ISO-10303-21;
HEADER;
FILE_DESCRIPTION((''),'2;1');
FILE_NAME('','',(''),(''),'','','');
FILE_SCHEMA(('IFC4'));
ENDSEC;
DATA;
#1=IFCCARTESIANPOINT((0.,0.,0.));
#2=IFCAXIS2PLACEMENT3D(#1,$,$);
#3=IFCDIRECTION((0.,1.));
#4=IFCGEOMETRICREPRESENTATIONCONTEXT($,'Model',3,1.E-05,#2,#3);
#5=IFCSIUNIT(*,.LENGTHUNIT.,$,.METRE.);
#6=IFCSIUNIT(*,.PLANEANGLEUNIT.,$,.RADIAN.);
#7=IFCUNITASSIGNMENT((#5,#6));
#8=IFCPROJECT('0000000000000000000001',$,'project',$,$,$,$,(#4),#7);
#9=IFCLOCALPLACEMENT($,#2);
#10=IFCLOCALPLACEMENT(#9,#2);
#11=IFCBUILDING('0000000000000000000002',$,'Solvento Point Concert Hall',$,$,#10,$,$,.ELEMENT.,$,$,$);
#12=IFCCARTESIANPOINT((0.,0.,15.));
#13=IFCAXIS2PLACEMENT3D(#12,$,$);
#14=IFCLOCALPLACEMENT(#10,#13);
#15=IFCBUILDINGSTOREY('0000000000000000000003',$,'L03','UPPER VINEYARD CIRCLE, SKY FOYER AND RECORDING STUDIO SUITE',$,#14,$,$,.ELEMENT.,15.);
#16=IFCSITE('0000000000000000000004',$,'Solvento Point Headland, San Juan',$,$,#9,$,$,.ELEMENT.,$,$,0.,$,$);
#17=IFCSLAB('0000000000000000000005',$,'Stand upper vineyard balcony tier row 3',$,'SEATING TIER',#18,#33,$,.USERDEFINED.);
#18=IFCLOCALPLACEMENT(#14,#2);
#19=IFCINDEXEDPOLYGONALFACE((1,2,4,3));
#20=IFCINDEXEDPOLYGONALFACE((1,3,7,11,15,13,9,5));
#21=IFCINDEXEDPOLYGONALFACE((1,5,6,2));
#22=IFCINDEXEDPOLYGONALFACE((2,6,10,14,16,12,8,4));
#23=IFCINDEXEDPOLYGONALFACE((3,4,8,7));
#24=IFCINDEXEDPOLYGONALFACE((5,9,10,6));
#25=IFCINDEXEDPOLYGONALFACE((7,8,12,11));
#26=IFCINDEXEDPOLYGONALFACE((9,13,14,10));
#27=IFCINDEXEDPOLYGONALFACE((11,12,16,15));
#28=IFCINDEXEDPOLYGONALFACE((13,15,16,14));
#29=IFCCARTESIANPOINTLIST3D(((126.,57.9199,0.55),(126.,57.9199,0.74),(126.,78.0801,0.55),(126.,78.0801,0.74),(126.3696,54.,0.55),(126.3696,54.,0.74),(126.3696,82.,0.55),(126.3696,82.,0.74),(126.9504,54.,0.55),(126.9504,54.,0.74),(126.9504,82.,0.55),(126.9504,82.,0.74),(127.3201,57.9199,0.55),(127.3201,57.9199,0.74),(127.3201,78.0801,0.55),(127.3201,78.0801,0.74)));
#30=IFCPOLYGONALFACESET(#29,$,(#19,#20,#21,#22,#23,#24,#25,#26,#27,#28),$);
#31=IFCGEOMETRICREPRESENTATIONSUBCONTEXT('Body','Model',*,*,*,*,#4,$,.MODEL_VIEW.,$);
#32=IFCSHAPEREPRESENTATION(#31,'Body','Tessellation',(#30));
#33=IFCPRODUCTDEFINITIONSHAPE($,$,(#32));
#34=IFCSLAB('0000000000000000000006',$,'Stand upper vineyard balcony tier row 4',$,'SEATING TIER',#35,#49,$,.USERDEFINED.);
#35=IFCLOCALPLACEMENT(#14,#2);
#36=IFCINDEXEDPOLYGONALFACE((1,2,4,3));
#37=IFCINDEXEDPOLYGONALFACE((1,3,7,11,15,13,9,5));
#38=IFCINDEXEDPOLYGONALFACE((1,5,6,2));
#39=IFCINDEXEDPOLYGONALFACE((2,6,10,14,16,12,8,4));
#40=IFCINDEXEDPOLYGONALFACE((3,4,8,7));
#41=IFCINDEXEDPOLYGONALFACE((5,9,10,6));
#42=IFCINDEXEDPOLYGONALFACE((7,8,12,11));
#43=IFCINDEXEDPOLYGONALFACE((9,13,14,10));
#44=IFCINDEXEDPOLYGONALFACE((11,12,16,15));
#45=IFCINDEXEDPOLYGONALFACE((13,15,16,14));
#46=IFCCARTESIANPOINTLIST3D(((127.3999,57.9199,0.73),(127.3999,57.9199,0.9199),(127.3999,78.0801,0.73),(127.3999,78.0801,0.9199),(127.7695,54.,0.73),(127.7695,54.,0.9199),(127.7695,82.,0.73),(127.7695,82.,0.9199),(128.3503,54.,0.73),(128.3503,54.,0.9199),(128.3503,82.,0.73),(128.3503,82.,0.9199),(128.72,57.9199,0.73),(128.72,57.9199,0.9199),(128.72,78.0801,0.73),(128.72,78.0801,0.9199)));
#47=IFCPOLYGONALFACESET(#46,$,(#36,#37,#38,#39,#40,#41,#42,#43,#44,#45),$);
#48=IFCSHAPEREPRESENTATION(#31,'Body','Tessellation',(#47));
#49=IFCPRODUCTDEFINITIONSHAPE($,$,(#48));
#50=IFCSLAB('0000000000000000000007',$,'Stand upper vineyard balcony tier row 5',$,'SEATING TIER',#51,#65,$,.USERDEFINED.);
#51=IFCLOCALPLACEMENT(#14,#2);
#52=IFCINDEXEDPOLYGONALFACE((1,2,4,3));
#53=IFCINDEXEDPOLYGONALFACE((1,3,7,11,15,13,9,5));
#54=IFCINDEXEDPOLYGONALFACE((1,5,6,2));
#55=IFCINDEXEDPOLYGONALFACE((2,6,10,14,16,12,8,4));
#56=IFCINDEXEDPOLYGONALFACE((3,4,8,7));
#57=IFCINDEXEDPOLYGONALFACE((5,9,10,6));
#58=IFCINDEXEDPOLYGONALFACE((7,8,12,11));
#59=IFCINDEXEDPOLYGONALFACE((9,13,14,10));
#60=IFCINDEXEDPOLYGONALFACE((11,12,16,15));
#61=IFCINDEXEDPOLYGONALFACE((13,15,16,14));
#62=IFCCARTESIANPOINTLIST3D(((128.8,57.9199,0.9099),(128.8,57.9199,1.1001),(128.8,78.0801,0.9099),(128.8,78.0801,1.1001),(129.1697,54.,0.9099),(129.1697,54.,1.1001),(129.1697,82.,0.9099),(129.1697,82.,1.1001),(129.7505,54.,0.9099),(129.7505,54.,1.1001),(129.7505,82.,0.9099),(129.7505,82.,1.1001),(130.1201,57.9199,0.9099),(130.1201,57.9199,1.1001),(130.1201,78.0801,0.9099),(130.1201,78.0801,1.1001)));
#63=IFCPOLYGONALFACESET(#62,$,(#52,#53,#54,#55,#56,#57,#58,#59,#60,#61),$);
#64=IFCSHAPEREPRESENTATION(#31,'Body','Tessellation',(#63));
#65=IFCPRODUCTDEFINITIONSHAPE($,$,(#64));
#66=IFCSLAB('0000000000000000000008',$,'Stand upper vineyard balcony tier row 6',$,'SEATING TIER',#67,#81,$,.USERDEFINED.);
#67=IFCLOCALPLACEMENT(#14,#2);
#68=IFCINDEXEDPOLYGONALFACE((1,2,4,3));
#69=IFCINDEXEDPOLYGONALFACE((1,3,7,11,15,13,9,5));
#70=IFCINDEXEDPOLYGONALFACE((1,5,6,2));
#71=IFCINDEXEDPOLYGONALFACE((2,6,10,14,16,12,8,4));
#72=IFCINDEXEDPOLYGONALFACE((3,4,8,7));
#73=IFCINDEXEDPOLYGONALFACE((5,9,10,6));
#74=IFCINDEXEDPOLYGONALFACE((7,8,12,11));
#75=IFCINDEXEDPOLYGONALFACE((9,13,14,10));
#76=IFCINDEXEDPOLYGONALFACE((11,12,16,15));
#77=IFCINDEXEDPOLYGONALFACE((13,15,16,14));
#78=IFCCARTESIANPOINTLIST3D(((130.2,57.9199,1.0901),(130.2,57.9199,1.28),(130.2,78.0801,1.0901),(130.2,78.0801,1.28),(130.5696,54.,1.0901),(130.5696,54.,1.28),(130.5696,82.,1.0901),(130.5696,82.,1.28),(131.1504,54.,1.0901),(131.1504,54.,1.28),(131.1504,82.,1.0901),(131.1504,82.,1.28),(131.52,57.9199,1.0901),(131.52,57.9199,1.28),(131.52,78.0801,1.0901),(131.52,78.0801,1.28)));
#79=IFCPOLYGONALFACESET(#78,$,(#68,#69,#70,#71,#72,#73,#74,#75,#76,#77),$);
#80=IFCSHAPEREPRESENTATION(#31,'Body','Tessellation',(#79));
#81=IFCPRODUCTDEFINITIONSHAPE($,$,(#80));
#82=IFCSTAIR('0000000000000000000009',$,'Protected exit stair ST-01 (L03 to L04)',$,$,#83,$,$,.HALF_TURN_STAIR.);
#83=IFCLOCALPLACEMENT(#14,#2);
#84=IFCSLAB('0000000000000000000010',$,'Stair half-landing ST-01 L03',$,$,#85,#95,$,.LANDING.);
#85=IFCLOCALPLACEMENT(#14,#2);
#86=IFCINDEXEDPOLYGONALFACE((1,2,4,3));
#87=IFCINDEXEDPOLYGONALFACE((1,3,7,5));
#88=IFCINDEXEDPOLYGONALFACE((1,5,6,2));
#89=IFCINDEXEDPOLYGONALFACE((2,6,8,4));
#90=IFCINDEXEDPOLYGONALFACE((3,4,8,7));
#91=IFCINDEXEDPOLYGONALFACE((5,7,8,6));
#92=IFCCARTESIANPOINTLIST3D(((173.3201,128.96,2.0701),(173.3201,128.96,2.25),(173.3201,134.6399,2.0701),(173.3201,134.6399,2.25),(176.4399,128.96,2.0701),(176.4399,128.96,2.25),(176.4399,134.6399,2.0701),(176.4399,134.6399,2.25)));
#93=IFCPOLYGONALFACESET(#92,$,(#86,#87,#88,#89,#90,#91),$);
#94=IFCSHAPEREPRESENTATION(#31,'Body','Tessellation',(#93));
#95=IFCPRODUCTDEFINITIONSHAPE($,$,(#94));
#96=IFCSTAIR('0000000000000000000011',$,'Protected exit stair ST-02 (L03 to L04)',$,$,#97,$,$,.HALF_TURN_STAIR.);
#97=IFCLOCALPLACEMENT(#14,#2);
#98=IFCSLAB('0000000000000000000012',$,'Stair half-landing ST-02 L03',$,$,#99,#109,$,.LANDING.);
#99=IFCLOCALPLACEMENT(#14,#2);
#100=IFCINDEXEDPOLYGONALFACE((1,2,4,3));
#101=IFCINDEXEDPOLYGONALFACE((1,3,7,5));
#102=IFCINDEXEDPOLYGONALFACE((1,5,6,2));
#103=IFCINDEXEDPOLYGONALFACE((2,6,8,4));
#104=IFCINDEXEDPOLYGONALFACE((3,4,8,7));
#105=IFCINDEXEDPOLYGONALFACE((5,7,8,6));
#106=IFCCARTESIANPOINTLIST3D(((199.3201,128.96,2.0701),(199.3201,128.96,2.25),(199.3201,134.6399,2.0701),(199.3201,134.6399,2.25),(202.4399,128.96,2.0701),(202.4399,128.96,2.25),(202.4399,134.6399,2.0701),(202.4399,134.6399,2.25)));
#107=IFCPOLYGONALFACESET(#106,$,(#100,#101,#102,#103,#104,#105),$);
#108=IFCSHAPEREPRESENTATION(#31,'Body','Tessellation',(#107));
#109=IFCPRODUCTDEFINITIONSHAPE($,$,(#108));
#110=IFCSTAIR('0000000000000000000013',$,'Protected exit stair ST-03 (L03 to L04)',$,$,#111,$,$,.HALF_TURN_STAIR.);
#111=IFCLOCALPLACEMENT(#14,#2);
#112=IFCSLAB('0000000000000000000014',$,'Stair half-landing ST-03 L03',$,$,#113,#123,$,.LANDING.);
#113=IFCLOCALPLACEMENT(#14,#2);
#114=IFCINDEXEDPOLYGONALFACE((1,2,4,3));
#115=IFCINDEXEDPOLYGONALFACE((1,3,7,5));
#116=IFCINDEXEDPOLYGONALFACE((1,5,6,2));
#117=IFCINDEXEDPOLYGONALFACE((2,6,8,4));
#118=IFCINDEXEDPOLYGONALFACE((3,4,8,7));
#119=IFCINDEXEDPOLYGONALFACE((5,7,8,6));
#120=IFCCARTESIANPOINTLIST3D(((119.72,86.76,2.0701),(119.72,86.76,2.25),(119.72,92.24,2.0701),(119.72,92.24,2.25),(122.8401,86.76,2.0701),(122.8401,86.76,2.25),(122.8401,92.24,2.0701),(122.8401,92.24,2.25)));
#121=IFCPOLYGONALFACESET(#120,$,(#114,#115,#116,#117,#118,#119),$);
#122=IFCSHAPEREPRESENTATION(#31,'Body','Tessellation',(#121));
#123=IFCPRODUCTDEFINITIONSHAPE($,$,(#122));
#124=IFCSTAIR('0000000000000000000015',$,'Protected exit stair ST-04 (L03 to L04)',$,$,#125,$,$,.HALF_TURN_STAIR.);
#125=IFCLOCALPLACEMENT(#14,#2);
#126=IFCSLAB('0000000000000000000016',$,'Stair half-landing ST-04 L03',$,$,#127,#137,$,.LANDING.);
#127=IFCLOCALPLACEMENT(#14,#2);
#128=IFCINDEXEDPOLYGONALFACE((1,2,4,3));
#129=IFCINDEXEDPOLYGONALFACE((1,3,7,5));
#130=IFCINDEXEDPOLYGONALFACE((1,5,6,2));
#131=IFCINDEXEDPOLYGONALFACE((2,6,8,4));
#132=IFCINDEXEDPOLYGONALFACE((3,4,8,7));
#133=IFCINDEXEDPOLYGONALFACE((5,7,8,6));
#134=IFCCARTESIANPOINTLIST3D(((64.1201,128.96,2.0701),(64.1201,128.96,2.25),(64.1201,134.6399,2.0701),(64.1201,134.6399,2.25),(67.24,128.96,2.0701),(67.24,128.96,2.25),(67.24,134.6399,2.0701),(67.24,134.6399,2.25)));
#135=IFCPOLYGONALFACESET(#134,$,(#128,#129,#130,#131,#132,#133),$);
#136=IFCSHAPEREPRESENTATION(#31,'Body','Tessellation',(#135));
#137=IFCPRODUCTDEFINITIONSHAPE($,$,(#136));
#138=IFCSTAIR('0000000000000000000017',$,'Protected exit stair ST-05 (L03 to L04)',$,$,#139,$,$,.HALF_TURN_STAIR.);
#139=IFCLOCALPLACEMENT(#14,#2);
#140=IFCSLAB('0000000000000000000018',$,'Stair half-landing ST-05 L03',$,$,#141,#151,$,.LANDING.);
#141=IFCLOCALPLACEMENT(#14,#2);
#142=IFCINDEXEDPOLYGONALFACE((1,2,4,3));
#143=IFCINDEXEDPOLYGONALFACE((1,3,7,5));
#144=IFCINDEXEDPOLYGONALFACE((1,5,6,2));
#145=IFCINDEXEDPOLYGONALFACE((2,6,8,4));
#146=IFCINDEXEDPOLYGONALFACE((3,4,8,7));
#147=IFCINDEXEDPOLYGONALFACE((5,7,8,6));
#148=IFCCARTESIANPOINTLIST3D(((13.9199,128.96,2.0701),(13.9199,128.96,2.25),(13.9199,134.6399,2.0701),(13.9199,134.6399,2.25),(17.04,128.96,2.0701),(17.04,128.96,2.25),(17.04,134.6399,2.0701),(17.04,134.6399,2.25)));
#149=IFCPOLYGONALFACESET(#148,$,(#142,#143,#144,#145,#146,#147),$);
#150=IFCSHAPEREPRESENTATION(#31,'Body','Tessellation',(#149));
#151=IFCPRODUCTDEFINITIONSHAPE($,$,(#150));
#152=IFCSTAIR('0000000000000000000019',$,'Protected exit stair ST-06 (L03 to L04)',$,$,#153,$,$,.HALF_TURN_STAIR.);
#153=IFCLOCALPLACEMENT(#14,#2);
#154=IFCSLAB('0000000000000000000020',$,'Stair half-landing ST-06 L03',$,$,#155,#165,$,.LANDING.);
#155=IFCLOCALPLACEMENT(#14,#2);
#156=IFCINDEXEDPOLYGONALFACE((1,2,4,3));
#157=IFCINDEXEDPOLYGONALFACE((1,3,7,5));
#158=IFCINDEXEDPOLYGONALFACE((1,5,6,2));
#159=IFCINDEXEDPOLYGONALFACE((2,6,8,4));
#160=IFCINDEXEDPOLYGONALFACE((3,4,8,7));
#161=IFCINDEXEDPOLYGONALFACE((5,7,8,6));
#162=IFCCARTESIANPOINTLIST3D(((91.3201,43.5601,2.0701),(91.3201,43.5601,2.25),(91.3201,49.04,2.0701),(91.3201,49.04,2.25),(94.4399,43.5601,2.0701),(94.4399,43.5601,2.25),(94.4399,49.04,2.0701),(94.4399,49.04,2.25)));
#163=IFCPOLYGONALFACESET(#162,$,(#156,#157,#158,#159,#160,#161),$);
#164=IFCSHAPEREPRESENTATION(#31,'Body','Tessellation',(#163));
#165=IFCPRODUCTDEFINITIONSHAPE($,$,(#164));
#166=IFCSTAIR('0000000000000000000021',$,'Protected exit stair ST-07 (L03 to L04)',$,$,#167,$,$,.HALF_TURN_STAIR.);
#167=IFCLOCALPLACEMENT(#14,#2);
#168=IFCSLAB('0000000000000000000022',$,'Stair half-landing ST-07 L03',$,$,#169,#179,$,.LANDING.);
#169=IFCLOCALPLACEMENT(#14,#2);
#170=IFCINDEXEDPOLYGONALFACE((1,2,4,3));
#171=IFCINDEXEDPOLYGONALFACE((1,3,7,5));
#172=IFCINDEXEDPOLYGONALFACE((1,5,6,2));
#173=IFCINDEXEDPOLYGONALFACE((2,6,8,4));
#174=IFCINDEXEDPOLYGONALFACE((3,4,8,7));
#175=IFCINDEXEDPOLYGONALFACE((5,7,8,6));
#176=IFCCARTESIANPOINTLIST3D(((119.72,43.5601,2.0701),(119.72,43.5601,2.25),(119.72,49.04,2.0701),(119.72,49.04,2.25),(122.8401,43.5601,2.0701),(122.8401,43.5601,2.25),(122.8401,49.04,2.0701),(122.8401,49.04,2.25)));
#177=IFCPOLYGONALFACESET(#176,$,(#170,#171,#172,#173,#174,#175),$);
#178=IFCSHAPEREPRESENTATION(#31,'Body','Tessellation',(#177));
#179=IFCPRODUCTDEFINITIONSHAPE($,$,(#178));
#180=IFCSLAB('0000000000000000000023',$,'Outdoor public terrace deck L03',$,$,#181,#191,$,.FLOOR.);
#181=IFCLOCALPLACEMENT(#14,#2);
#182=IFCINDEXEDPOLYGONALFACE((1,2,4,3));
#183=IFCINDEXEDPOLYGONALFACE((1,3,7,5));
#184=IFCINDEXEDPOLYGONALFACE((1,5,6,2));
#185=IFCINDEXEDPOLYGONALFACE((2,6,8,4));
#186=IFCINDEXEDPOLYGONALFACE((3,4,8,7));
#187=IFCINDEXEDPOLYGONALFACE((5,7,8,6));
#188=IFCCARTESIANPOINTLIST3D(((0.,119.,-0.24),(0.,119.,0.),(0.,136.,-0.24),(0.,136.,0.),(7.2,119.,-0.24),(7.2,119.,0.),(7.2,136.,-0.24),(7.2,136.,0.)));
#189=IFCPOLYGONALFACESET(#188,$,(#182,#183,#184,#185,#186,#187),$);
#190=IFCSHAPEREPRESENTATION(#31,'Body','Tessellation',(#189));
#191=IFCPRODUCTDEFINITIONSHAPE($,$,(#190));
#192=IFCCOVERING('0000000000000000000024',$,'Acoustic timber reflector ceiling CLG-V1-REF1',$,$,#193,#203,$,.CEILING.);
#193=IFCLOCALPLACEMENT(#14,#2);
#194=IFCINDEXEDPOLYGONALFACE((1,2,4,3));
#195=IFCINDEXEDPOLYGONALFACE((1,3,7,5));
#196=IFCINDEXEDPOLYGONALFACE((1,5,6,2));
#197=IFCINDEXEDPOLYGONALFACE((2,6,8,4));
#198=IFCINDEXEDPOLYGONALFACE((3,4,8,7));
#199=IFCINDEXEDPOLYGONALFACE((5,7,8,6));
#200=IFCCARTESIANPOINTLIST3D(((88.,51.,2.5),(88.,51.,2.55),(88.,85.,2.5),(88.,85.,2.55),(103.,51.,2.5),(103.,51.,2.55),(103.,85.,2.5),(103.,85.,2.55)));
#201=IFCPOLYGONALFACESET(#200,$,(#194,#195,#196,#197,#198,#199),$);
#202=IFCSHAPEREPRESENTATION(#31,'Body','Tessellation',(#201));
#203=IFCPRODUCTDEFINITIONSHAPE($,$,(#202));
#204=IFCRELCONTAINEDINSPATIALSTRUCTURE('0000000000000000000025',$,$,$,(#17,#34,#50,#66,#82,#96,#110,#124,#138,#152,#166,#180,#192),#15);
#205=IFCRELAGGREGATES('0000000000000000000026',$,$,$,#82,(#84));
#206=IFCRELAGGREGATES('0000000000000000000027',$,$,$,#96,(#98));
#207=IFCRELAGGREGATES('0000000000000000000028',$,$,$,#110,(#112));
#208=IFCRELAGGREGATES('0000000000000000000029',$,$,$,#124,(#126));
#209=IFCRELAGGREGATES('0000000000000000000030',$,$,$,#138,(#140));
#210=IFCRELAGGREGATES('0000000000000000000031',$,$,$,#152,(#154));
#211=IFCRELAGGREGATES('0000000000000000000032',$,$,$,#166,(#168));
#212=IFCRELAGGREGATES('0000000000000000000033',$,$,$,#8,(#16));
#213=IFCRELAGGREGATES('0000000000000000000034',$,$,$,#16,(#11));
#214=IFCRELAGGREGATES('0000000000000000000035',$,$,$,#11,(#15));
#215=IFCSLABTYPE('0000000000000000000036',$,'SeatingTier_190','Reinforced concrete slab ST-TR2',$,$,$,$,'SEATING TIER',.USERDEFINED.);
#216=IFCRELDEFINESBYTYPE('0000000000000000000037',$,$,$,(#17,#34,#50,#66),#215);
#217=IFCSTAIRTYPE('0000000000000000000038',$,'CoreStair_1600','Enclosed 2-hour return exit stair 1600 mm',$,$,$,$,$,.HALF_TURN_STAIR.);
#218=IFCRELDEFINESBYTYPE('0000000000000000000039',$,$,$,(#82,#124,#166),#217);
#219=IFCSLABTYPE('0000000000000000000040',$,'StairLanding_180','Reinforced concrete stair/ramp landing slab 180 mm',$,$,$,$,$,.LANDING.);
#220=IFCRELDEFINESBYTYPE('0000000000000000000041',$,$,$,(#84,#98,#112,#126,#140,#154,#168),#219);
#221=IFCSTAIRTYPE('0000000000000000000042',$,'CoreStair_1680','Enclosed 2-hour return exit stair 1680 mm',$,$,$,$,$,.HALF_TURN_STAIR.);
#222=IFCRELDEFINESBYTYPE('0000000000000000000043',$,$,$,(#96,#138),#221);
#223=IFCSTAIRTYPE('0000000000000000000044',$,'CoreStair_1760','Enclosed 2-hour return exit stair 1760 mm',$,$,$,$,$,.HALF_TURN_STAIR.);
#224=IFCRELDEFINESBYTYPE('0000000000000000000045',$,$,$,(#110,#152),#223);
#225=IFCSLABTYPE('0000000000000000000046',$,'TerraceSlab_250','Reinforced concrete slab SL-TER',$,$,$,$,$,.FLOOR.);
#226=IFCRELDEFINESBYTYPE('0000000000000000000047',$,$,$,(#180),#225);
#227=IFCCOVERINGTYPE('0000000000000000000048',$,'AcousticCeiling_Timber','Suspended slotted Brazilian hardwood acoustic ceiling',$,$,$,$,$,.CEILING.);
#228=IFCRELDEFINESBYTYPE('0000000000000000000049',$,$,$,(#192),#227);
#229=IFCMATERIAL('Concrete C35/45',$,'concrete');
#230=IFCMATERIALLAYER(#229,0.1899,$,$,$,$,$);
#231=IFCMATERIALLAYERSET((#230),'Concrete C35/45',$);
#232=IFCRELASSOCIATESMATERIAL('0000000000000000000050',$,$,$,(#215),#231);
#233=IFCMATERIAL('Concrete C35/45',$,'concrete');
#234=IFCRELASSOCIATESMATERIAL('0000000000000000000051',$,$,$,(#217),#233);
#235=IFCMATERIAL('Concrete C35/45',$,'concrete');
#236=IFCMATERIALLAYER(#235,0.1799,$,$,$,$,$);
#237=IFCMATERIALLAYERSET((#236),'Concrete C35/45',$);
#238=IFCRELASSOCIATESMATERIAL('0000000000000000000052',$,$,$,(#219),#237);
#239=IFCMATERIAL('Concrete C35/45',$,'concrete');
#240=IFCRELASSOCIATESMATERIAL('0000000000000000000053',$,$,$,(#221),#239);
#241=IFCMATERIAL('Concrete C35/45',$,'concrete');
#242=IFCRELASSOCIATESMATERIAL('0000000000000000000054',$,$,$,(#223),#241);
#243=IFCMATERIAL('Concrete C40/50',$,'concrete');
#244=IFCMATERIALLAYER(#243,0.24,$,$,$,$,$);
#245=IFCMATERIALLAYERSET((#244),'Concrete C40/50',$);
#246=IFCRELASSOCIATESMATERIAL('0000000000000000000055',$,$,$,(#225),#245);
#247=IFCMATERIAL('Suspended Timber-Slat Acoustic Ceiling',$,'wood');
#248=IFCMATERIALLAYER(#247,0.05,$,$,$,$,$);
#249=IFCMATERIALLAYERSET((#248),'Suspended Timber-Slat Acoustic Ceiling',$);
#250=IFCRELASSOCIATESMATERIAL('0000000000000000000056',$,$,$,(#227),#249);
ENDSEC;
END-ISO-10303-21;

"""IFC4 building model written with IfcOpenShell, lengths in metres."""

from ifc_helpers import new_model, si_unit, direction, frame, origin, place, context, subcontext, project, spatial, polyline, outline, extrude, material, layer, layer_set, type_object, element, aggregate, save


model = new_model("IFC4")

# Units and contexts
model_context = context("Model", 3, precision=1e-05, world=origin(), true_north=direction((0.0, 1.0)))
body_context = subcontext(model_context, "Body", "Model", "MODEL_VIEW")
ifc_project = project(units=[si_unit("LENGTHUNIT", "METRE"), si_unit("PLANEANGLEUNIT", "RADIAN")], contexts=[model_context])

# Site, building, storey
site_placement = place(None, origin())
site = spatial("IfcSite", under=ifc_project, at=site_placement, Name="Solvento Point Headland, San Juan", CompositionType="ELEMENT", RefElevation=0.0)
building_placement = place(site_placement, origin())
building = spatial("IfcBuilding", under=site, at=building_placement, Name="Solvento Point Concert Hall", CompositionType="ELEMENT")
storey_placement = place(building_placement, frame((0.0, 0.0, 15.0)))
storey = spatial("IfcBuildingStorey", under=building, at=storey_placement, Name="L03", Description="UPPER VINEYARD CIRCLE, SKY FOYER AND RECORDING STUDIO SUITE", CompositionType="ELEMENT", Elevation=15.0)

# Slabs
ifc_material_1 = material(Name="Concrete C35/45", Category="concrete")
ifc_layer_1 = layer(ifc_material_1, 0.1899)
ifc_layer_set_1 = layer_set([ifc_layer_1], Name="Concrete C35/45")
slab_type_1 = type_object("IfcSlabType", Name="SeatingTier_190", Description="Reinforced concrete slab ST-TR2", ElementType="SEATING TIER", PredefinedType="USERDEFINED", material=ifc_layer_set_1)
slab_1_placement = place(storey_placement, frame((0.0, 0.0, 0.55)))
element("IfcSlab", 1, at=slab_1_placement, inside=storey, type_object=slab_type_1, Name="Stand upper vineyard balcony tier row 3", ObjectType="SEATING TIER", PredefinedType="USERDEFINED", context=body_context, shape_type="SweptSolid", body=[
    extrude(outline(polyline([(126.3696, 54.0), (126.9504, 54.0), (127.3201, 57.9199), (127.3201, 78.0801), (126.9504, 82.0), (126.3696, 82.0), (126.0, 78.0801), (126.0, 57.9199), (126.3696, 54.0)])), origin(), (0.0, 0.0, 1.0), 0.1899),
])
slab_2_placement = place(storey_placement, frame((0.0, 0.0, 0.73)))
element("IfcSlab", 2, at=slab_2_placement, inside=storey, type_object=slab_type_1, Name="Stand upper vineyard balcony tier row 4", ObjectType="SEATING TIER", PredefinedType="USERDEFINED", context=body_context, shape_type="SweptSolid", body=[
    extrude(outline(polyline([(127.7695, 54.0), (128.3503, 54.0), (128.72, 57.9199), (128.72, 78.0801), (128.3503, 82.0), (127.7695, 82.0), (127.3999, 78.0801), (127.3999, 57.9199), (127.7695, 54.0)])), origin(), (0.0, 0.0, 1.0), 0.1899),
])
slab_3_placement = place(storey_placement, frame((0.0, 0.0, 0.9099)))
element("IfcSlab", 3, at=slab_3_placement, inside=storey, type_object=slab_type_1, Name="Stand upper vineyard balcony tier row 5", ObjectType="SEATING TIER", PredefinedType="USERDEFINED", context=body_context, shape_type="SweptSolid", body=[
    extrude(outline(polyline([(129.1697, 54.0), (129.7505, 54.0), (130.1201, 57.9199), (130.1201, 78.0801), (129.7505, 82.0), (129.1697, 82.0), (128.8, 78.0801), (128.8, 57.9199), (129.1697, 54.0)])), origin(), (0.0, 0.0, 1.0), 0.1902),
])
slab_4_placement = place(storey_placement, frame((0.0, 0.0, 1.0901)))
element("IfcSlab", 4, at=slab_4_placement, inside=storey, type_object=slab_type_1, Name="Stand upper vineyard balcony tier row 6", ObjectType="SEATING TIER", PredefinedType="USERDEFINED", context=body_context, shape_type="SweptSolid", body=[
    extrude(outline(polyline([(130.5696, 54.0), (131.1504, 54.0), (131.52, 57.9199), (131.52, 78.0801), (131.1504, 82.0), (130.5696, 82.0), (130.2, 78.0801), (130.2, 57.9199), (130.5696, 54.0)])), origin(), (0.0, 0.0, 1.0), 0.1899),
])

# Stairs, slabs
ifc_material_2 = material(Name="Concrete C35/45", Category="concrete")
stair_type_1 = type_object("IfcStairType", Name="CoreStair_1600", Description="Enclosed 2-hour return exit stair 1600 mm", PredefinedType="HALF_TURN_STAIR", material=ifc_material_2)
stair_1_placement = place(storey_placement, origin())
stair_1 = element("IfcStair", 5, at=stair_1_placement, inside=storey, type_object=stair_type_1, Name="Protected exit stair ST-01 (L03 to L04)", PredefinedType="HALF_TURN_STAIR")
ifc_material_3 = material(Name="Concrete C35/45", Category="concrete")
ifc_layer_2 = layer(ifc_material_3, 0.1799)
ifc_layer_set_2 = layer_set([ifc_layer_2], Name="Concrete C35/45")
slab_type_2 = type_object("IfcSlabType", Name="StairLanding_180", Description="Reinforced concrete stair/ramp landing slab 180 mm", PredefinedType="LANDING", material=ifc_layer_set_2)
slab_5_placement = place(storey_placement, frame((0.0, 0.0, 2.0701)))
slab_5 = element("IfcSlab", 6, at=slab_5_placement, type_object=slab_type_2, Name="Stair half-landing ST-01 L03", PredefinedType="LANDING", context=body_context, shape_type="SweptSolid", body=[
    extrude(outline(polyline([(173.3201, 128.96), (176.4399, 128.96), (176.4399, 134.6399), (173.3201, 134.6399), (173.3201, 128.96)])), origin(), (0.0, 0.0, 1.0), 0.1799),
])
aggregate(stair_1, [slab_5])
ifc_material_4 = material(Name="Concrete C35/45", Category="concrete")
stair_type_2 = type_object("IfcStairType", Name="CoreStair_1680", Description="Enclosed 2-hour return exit stair 1680 mm", PredefinedType="HALF_TURN_STAIR", material=ifc_material_4)
stair_2_placement = place(storey_placement, origin())
stair_2 = element("IfcStair", 7, at=stair_2_placement, inside=storey, type_object=stair_type_2, Name="Protected exit stair ST-02 (L03 to L04)", PredefinedType="HALF_TURN_STAIR")
slab_6_placement = place(storey_placement, frame((0.0, 0.0, 2.0701)))
slab_6 = element("IfcSlab", 8, at=slab_6_placement, type_object=slab_type_2, Name="Stair half-landing ST-02 L03", PredefinedType="LANDING", context=body_context, shape_type="SweptSolid", body=[
    extrude(outline(polyline([(199.3201, 128.96), (202.4399, 128.96), (202.4399, 134.6399), (199.3201, 134.6399), (199.3201, 128.96)])), origin(), (0.0, 0.0, 1.0), 0.1799),
])
aggregate(stair_2, [slab_6])
ifc_material_5 = material(Name="Concrete C35/45", Category="concrete")
stair_type_3 = type_object("IfcStairType", Name="CoreStair_1760", Description="Enclosed 2-hour return exit stair 1760 mm", PredefinedType="HALF_TURN_STAIR", material=ifc_material_5)
stair_3_placement = place(storey_placement, origin())
stair_3 = element("IfcStair", 9, at=stair_3_placement, inside=storey, type_object=stair_type_3, Name="Protected exit stair ST-03 (L03 to L04)", PredefinedType="HALF_TURN_STAIR")
slab_7_placement = place(storey_placement, frame((0.0, 0.0, 2.0701)))
slab_7 = element("IfcSlab", 10, at=slab_7_placement, type_object=slab_type_2, Name="Stair half-landing ST-03 L03", PredefinedType="LANDING", context=body_context, shape_type="SweptSolid", body=[
    extrude(outline(polyline([(119.72, 86.76), (122.8401, 86.76), (122.8401, 92.24), (119.72, 92.24), (119.72, 86.76)])), origin(), (0.0, 0.0, 1.0), 0.1799),
])
aggregate(stair_3, [slab_7])
stair_4_placement = place(storey_placement, origin())
stair_4 = element("IfcStair", 11, at=stair_4_placement, inside=storey, type_object=stair_type_1, Name="Protected exit stair ST-04 (L03 to L04)", PredefinedType="HALF_TURN_STAIR")
slab_8_placement = place(storey_placement, frame((0.0, 0.0, 2.0701)))
slab_8 = element("IfcSlab", 12, at=slab_8_placement, type_object=slab_type_2, Name="Stair half-landing ST-04 L03", PredefinedType="LANDING", context=body_context, shape_type="SweptSolid", body=[
    extrude(outline(polyline([(64.1201, 128.96), (67.24, 128.96), (67.24, 134.6399), (64.1201, 134.6399), (64.1201, 128.96)])), origin(), (0.0, 0.0, 1.0), 0.1799),
])
aggregate(stair_4, [slab_8])
stair_5_placement = place(storey_placement, origin())
stair_5 = element("IfcStair", 13, at=stair_5_placement, inside=storey, type_object=stair_type_2, Name="Protected exit stair ST-05 (L03 to L04)", PredefinedType="HALF_TURN_STAIR")
slab_9_placement = place(storey_placement, frame((0.0, 0.0, 2.0701)))
slab_9 = element("IfcSlab", 14, at=slab_9_placement, type_object=slab_type_2, Name="Stair half-landing ST-05 L03", PredefinedType="LANDING", context=body_context, shape_type="SweptSolid", body=[
    extrude(outline(polyline([(13.9199, 128.96), (17.04, 128.96), (17.04, 134.6399), (13.9199, 134.6399), (13.9199, 128.96)])), origin(), (0.0, 0.0, 1.0), 0.1799),
])
aggregate(stair_5, [slab_9])
stair_6_placement = place(storey_placement, origin())
stair_6 = element("IfcStair", 15, at=stair_6_placement, inside=storey, type_object=stair_type_3, Name="Protected exit stair ST-06 (L03 to L04)", PredefinedType="HALF_TURN_STAIR")
slab_10_placement = place(storey_placement, frame((0.0, 0.0, 2.0701)))
slab_10 = element("IfcSlab", 16, at=slab_10_placement, type_object=slab_type_2, Name="Stair half-landing ST-06 L03", PredefinedType="LANDING", context=body_context, shape_type="SweptSolid", body=[
    extrude(outline(polyline([(91.3201, 43.5601), (94.4399, 43.5601), (94.4399, 49.04), (91.3201, 49.04), (91.3201, 43.5601)])), origin(), (0.0, 0.0, 1.0), 0.1799),
])
aggregate(stair_6, [slab_10])
stair_7_placement = place(storey_placement, origin())
stair_7 = element("IfcStair", 17, at=stair_7_placement, inside=storey, type_object=stair_type_1, Name="Protected exit stair ST-07 (L03 to L04)", PredefinedType="HALF_TURN_STAIR")
slab_11_placement = place(storey_placement, frame((0.0, 0.0, 2.0701)))
slab_11 = element("IfcSlab", 18, at=slab_11_placement, type_object=slab_type_2, Name="Stair half-landing ST-07 L03", PredefinedType="LANDING", context=body_context, shape_type="SweptSolid", body=[
    extrude(outline(polyline([(119.72, 43.5601), (122.8401, 43.5601), (122.8401, 49.04), (119.72, 49.04), (119.72, 43.5601)])), origin(), (0.0, 0.0, 1.0), 0.1799),
])
aggregate(stair_7, [slab_11])

# Slab
ifc_material_6 = material(Name="Concrete C40/50", Category="concrete")
ifc_layer_3 = layer(ifc_material_6, 0.24)
ifc_layer_set_3 = layer_set([ifc_layer_3], Name="Concrete C40/50")
slab_type_3 = type_object("IfcSlabType", Name="TerraceSlab_250", Description="Reinforced concrete slab SL-TER", PredefinedType="FLOOR", material=ifc_layer_set_3)
slab_12_placement = place(storey_placement, frame((0.0, 0.0, -0.24)))
element("IfcSlab", 19, at=slab_12_placement, inside=storey, type_object=slab_type_3, Name="Outdoor public terrace deck L03", PredefinedType="FLOOR", context=body_context, shape_type="SweptSolid", body=[
    extrude(outline(polyline([(0.0, 119.0), (0.0, 136.0), (7.2, 136.0), (7.2, 119.0), (0.0, 119.0)])), origin(), (0.0, 0.0, 1.0), 0.24),
])

# Covering
ifc_material_7 = material(Name="Suspended Timber-Slat Acoustic Ceiling", Category="wood")
ifc_layer_4 = layer(ifc_material_7, 0.05)
ifc_layer_set_4 = layer_set([ifc_layer_4], Name="Suspended Timber-Slat Acoustic Ceiling")
covering_type_1 = type_object("IfcCoveringType", Name="AcousticCeiling_Timber", Description="Suspended slotted Brazilian hardwood acoustic ceiling", PredefinedType="CEILING", material=ifc_layer_set_4)
covering_1_placement = place(storey_placement, frame((0.0, 0.0, 2.5)))
element("IfcCovering", 20, at=covering_1_placement, inside=storey, type_object=covering_type_1, Name="Acoustic timber reflector ceiling CLG-V1-REF1", PredefinedType="CEILING", context=body_context, shape_type="SweptSolid", body=[
    extrude(outline(polyline([(88.0, 51.0), (103.0, 51.0), (103.0, 85.0), (88.0, 85.0), (88.0, 51.0)])), origin(), (0.0, 0.0, 1.0), 0.05),
])

save(model, "model.ifc")
